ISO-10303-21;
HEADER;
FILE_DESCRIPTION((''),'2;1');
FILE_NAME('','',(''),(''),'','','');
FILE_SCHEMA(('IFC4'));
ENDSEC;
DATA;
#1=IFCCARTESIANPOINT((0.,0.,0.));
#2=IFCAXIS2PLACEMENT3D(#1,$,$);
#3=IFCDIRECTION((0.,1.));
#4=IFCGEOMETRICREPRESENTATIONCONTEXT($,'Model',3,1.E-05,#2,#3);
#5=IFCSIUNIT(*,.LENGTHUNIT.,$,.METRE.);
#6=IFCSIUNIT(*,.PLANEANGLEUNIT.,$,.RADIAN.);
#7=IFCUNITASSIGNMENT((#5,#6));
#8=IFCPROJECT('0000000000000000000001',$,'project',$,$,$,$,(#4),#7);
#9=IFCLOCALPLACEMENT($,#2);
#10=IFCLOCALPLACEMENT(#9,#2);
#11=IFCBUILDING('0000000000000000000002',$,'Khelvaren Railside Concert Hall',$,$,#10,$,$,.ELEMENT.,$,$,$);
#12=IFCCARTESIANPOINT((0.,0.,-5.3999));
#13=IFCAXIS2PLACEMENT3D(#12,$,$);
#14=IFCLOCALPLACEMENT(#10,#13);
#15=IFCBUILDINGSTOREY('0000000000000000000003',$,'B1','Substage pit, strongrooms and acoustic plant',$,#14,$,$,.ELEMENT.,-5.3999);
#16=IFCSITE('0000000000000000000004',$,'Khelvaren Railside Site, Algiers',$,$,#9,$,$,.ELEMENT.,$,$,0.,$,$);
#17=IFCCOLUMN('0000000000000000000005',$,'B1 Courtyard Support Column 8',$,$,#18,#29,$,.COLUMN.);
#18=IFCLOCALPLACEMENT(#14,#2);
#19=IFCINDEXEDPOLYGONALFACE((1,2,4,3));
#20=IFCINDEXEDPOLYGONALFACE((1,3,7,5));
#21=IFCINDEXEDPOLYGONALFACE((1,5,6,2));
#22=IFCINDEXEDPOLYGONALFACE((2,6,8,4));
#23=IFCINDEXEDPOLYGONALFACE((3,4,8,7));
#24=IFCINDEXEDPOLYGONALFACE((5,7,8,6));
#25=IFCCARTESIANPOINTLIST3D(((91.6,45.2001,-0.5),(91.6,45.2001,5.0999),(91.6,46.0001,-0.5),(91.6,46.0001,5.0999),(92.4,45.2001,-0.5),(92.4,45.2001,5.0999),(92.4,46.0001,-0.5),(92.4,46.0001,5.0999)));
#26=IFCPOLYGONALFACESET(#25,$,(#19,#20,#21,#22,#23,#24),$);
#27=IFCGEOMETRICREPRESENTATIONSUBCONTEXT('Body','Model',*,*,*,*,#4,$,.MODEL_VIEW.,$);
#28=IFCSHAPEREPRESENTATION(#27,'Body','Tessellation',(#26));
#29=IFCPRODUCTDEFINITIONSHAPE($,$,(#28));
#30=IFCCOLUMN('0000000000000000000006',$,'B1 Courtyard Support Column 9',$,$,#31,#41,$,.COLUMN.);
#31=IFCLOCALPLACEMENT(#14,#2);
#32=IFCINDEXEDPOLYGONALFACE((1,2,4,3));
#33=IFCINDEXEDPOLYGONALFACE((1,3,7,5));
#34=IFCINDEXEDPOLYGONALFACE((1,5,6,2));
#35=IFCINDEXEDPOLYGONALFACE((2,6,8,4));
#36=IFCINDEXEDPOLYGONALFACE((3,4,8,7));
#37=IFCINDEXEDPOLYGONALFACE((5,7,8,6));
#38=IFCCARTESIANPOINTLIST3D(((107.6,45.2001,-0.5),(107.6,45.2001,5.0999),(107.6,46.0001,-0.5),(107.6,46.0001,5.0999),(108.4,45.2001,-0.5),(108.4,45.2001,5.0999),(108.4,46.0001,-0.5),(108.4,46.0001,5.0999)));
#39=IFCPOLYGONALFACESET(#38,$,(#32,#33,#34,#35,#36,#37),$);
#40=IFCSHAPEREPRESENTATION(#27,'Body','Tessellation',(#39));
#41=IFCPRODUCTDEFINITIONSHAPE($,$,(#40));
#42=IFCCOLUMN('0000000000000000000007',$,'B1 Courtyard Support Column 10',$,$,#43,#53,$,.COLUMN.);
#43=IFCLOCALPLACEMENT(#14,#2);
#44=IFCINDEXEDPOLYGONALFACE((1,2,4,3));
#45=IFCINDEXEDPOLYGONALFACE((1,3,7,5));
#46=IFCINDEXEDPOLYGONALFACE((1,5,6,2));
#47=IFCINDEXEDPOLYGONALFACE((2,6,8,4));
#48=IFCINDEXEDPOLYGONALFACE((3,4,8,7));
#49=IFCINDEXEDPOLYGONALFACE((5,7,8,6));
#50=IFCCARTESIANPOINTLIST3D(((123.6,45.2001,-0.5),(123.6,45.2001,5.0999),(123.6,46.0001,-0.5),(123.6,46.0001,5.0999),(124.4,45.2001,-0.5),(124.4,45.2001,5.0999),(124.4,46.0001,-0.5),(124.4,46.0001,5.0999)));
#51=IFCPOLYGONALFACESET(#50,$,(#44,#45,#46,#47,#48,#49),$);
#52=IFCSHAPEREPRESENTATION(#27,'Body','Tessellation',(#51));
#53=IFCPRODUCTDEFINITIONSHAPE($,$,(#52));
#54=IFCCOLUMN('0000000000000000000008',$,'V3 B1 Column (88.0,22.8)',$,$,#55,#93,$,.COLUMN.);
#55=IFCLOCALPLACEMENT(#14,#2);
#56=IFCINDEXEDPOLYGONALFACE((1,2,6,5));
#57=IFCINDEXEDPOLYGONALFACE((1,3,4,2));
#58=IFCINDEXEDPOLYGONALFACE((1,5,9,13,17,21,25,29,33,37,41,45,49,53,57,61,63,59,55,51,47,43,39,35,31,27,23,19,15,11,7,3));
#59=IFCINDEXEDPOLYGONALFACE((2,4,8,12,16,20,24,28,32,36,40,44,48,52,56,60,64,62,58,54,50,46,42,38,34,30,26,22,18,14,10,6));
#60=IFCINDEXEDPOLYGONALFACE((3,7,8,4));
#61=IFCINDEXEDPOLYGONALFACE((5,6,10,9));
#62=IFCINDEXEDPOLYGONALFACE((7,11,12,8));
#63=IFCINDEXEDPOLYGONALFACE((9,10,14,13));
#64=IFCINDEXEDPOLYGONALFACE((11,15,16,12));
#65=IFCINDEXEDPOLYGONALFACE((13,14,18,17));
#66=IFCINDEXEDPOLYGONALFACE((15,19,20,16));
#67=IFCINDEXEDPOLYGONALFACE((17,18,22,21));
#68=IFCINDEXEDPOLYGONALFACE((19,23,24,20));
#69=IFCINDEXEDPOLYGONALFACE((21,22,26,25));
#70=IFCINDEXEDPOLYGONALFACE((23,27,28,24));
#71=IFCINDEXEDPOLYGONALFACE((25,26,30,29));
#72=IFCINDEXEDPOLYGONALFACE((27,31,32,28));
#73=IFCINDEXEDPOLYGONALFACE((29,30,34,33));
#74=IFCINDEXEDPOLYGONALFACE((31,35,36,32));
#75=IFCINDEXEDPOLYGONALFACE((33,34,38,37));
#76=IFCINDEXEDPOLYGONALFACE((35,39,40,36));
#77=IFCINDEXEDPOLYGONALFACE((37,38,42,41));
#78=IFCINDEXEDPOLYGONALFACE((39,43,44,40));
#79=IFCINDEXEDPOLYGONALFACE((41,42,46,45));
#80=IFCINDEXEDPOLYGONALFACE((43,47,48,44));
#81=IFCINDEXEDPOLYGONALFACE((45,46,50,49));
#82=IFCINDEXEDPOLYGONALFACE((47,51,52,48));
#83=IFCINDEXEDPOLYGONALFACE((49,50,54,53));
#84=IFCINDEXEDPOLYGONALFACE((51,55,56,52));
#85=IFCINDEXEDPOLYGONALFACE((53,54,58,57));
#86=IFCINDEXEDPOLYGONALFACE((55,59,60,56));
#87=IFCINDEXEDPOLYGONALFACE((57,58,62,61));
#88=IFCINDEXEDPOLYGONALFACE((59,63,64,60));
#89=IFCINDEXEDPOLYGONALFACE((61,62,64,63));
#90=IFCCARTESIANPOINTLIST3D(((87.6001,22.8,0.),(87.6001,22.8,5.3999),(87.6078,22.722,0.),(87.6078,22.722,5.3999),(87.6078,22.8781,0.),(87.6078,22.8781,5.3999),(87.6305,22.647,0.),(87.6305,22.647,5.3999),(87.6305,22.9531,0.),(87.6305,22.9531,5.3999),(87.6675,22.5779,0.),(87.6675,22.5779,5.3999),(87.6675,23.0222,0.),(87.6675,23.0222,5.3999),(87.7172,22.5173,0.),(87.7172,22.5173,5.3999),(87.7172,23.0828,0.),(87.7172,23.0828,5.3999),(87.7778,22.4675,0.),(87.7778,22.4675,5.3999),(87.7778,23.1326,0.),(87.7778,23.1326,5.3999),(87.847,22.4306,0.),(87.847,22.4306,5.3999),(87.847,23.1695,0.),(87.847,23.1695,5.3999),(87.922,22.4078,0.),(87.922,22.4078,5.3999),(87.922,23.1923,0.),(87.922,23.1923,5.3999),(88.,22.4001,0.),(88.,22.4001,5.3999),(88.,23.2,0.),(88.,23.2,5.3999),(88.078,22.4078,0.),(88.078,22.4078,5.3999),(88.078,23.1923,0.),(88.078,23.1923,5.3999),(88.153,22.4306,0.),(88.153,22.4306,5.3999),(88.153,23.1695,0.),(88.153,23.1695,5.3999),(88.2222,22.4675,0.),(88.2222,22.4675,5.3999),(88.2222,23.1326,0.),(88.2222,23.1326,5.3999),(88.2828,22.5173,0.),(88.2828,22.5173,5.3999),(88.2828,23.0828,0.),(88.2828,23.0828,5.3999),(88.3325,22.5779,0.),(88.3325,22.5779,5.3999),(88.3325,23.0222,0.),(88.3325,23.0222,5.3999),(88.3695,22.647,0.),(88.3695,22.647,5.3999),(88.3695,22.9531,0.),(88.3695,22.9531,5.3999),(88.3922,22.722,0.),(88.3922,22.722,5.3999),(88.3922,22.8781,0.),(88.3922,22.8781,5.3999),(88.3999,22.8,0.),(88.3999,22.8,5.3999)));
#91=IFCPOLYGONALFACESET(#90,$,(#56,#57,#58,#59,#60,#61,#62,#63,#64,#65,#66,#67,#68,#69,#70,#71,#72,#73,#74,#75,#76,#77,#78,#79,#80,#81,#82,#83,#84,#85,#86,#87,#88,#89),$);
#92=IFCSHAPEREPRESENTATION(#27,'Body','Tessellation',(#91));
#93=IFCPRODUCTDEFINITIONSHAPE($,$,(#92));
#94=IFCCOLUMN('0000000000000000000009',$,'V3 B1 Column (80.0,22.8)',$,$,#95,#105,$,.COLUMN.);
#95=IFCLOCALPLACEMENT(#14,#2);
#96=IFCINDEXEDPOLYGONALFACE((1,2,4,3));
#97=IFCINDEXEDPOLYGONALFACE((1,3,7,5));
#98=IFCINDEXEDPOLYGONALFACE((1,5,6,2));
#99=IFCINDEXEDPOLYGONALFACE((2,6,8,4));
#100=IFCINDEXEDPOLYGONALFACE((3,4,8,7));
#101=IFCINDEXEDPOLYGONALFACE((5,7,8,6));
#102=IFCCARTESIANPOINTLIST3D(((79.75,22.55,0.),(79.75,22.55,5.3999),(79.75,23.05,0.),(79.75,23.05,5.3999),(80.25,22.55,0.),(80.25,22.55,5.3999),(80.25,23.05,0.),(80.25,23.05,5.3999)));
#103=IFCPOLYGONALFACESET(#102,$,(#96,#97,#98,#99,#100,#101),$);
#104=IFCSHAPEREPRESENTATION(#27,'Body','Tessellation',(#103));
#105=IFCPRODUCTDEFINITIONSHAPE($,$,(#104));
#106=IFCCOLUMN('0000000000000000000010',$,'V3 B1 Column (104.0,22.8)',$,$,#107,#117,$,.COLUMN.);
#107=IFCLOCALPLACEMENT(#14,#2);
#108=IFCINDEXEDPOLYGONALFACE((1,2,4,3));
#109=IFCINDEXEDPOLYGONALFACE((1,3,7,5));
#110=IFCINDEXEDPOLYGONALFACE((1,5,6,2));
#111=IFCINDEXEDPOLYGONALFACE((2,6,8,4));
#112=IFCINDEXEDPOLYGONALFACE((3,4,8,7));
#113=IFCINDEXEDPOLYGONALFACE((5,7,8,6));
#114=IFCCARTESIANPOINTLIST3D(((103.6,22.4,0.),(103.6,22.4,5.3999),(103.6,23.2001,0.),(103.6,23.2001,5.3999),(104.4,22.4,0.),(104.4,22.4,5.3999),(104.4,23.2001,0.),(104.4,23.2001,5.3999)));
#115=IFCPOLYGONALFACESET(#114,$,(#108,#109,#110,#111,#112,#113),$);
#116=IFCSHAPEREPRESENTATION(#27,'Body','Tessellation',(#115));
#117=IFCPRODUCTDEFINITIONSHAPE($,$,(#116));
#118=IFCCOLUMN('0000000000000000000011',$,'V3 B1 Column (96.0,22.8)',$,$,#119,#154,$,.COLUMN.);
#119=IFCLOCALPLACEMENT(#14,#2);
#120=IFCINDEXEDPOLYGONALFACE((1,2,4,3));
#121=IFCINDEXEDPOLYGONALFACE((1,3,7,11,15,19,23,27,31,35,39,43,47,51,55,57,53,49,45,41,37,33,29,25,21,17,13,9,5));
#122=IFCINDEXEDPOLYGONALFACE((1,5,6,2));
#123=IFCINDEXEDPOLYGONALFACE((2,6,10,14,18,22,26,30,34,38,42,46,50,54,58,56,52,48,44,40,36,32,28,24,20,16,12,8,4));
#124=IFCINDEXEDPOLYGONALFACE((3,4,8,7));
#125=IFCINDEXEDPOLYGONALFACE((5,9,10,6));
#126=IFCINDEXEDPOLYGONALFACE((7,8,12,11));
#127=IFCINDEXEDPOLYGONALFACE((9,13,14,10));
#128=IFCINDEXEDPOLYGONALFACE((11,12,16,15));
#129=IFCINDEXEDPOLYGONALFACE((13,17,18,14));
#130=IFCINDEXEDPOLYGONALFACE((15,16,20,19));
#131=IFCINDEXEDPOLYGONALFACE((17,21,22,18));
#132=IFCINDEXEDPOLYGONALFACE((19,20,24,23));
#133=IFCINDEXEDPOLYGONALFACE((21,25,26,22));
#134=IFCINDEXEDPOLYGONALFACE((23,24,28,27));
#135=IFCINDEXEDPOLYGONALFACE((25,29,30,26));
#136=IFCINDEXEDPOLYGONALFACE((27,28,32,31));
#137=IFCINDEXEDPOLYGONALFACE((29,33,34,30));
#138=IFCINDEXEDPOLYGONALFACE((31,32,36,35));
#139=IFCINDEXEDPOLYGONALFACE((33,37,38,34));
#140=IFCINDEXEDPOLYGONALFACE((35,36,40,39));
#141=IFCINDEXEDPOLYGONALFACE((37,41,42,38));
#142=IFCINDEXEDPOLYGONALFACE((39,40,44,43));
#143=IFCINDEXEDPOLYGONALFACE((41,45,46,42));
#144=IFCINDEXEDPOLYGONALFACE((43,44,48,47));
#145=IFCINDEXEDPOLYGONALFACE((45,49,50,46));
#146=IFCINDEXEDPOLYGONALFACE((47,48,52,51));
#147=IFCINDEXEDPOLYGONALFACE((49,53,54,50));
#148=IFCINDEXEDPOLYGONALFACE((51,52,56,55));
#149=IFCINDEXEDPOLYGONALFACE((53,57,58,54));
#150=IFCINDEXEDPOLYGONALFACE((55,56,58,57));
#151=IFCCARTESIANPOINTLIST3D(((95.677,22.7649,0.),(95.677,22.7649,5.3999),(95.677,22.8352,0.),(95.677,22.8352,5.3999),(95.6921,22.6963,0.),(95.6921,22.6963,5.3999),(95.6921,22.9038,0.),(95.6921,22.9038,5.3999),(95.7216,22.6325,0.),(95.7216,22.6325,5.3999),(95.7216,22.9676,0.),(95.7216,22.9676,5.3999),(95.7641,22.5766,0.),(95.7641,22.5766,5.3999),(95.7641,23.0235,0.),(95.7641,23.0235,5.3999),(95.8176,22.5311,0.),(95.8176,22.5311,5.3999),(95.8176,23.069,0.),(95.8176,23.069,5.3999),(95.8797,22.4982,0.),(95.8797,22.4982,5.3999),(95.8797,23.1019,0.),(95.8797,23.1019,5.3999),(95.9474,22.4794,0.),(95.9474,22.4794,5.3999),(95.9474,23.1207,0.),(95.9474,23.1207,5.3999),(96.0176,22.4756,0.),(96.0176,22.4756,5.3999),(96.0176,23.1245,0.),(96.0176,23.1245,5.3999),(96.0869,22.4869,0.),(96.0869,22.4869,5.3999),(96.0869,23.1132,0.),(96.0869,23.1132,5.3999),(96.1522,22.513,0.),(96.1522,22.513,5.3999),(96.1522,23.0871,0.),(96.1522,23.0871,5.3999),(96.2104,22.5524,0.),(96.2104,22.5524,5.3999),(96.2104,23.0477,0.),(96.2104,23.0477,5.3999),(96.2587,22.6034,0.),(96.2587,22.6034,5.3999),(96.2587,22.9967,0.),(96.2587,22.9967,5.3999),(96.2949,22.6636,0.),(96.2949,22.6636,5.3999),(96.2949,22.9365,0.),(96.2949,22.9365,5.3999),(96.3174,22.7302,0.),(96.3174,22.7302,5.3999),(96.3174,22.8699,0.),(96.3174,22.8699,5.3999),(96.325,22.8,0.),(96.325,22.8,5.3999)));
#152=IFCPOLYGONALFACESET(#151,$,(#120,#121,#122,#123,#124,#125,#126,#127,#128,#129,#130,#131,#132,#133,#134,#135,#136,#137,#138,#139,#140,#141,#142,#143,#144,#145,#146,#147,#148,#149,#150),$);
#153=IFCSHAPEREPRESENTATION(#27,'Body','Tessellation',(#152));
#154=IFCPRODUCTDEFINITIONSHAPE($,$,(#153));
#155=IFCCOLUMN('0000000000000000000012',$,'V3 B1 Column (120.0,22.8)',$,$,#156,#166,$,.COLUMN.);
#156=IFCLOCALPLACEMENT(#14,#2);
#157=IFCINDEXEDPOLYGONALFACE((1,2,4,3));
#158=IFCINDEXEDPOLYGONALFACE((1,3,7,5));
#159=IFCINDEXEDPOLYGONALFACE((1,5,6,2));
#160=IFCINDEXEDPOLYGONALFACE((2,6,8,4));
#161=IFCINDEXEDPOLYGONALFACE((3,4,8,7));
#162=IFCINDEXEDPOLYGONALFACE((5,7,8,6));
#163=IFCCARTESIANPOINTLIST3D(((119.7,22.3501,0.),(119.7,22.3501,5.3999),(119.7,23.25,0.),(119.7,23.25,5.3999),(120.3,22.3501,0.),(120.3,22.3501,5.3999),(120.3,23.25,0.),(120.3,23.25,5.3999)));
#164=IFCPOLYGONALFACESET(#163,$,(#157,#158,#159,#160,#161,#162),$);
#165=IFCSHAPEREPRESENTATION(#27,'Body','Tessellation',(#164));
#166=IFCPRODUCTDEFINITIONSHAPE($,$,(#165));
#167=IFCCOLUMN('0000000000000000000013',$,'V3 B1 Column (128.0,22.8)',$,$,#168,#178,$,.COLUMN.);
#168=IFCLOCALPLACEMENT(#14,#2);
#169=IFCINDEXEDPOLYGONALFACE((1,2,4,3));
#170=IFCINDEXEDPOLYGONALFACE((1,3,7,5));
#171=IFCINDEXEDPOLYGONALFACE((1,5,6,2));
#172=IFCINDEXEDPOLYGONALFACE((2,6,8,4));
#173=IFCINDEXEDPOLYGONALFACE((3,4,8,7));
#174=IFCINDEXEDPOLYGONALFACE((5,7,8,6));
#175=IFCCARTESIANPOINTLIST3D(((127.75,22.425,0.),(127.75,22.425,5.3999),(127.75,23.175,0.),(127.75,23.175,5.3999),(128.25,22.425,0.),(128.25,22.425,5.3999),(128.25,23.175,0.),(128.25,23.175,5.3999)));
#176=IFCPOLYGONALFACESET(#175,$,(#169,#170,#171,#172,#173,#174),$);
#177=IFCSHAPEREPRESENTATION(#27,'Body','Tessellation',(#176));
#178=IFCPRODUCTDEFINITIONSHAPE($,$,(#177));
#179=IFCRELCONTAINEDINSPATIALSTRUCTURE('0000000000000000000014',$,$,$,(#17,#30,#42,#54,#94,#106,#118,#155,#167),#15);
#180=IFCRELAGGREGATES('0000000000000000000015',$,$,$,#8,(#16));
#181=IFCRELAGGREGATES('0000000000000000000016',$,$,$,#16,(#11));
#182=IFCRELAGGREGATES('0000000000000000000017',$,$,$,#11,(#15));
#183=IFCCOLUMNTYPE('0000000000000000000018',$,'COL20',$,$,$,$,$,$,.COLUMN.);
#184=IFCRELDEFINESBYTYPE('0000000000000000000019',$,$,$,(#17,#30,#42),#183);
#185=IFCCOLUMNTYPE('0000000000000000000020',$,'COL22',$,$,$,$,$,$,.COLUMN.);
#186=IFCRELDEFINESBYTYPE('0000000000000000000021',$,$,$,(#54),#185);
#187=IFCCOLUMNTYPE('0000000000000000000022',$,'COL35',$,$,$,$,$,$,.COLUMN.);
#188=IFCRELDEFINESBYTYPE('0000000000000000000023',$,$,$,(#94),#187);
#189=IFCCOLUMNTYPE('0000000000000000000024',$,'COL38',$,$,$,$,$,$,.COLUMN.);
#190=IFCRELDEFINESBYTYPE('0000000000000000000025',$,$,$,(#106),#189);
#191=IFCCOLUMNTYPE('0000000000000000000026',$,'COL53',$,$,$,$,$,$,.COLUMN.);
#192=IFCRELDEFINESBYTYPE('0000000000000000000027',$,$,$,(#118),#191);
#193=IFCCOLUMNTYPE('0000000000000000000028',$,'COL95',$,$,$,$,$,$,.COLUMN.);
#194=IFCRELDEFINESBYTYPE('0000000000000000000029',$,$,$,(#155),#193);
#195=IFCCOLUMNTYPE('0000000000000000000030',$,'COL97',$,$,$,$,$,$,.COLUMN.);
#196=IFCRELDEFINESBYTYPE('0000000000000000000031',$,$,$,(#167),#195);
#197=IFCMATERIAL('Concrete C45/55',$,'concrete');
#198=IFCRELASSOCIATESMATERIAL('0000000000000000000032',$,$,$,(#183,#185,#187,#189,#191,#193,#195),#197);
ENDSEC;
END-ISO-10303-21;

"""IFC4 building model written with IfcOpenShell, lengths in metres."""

from ifc_helpers import new_model, si_unit, direction, frame, origin, origin_2d, place, context, subcontext, project, spatial, rectangle, circle, extrude, material, material_profile, profile_set, type_object, element, save


model = new_model("IFC4")

# Units and contexts
model_context = context("Model", 3, precision=1e-05, world=origin(), true_north=direction((0.0, 1.0)))
body_context = subcontext(model_context, "Body", "Model", "MODEL_VIEW")
ifc_project = project(units=[si_unit("LENGTHUNIT", "METRE"), si_unit("PLANEANGLEUNIT", "RADIAN")], contexts=[model_context])

# Site, building, storey
site_placement = place(None, origin())
site = spatial("IfcSite", under=ifc_project, at=site_placement, Name="Khelvaren Railside Site, Algiers", CompositionType="ELEMENT", RefElevation=0.0)
building_placement = place(site_placement, origin())
building = spatial("IfcBuilding", under=site, at=building_placement, Name="Khelvaren Railside Concert Hall", CompositionType="ELEMENT")
storey_placement = place(building_placement, frame((0.0, 0.0, -5.3999)))
storey = spatial("IfcBuildingStorey", under=building, at=storey_placement, Name="B1", Description="Substage pit, strongrooms and acoustic plant", CompositionType="ELEMENT", Elevation=-5.3999)

# Columns
ifc_material_1 = material(Name="Concrete C45/55", Category="concrete")
ifc_material_profile_1 = material_profile(ifc_material_1, rectangle(XDim=0.8, YDim=0.8, at=origin_2d()), Name="RC 800x800")
ifc_profile_set_1 = profile_set([ifc_material_profile_1], Name="Concrete C45/55")
column_type_1 = type_object("IfcColumnType", Name="COL20", PredefinedType="COLUMN", material=ifc_profile_set_1)
for number, where, z_axis, x_axis, name in (
    (1, (92.0, 45.6001, -0.5), (0.0, 0.0, 1.0), (1.0, 0.0, 0.0), "B1 Courtyard Support Column 8"),
    (2, (108.0, 45.6001, -0.5), (0.0, 0.0, 1.0), (1.0, 0.0, 0.0), "B1 Courtyard Support Column 9"),
    (3, (124.0, 45.6001, -0.5), (0.0, 0.0, 1.0), (1.0, 0.0, 0.0), "B1 Courtyard Support Column 10"),
):
    element("IfcColumn", number, at=place(storey_placement, frame(where, z_axis=z_axis, x_axis=x_axis)), inside=storey, type_object=column_type_1, Name=name, PredefinedType="COLUMN", context=body_context, shape_type="SweptSolid", body=[
        extrude(rectangle(XDim=0.8, YDim=0.8, at=origin_2d()), origin(), (0.0, 0.0, 1.0), 5.5999),
    ])
ifc_material_profile_2 = material_profile(ifc_material_1, circle(Radius=0.3999, at=origin_2d()), Name="RC D800")
ifc_profile_set_2 = profile_set([ifc_material_profile_2], Name="Concrete C45/55")
column_type_2 = type_object("IfcColumnType", Name="COL22", PredefinedType="COLUMN", material=ifc_profile_set_2)
column_1_placement = place(storey_placement, frame((88.0, 22.8, 0.0), z_axis=(0.0, 0.0, 1.0), x_axis=(1.0, 0.0, 0.0)))
element("IfcColumn", 4, at=column_1_placement, inside=storey, type_object=column_type_2, Name="V3 B1 Column (88.0,22.8)", PredefinedType="COLUMN", context=body_context, shape_type="SweptSolid", body=[
    extrude(circle(Radius=0.3999, at=origin_2d()), origin(), (0.0, 0.0, 1.0), 5.3999),
])
ifc_material_profile_3 = material_profile(ifc_material_1, rectangle(XDim=0.5, YDim=0.5, at=origin_2d()), Name="RC 500x500")
ifc_profile_set_3 = profile_set([ifc_material_profile_3], Name="Concrete C45/55")
column_type_3 = type_object("IfcColumnType", Name="COL35", PredefinedType="COLUMN", material=ifc_profile_set_3)
column_2_placement = place(storey_placement, frame((80.0, 22.8, 0.0), z_axis=(0.0, 0.0, 1.0), x_axis=(1.0, 0.0, 0.0)))
element("IfcColumn", 5, at=column_2_placement, inside=storey, type_object=column_type_3, Name="V3 B1 Column (80.0,22.8)", PredefinedType="COLUMN", context=body_context, shape_type="SweptSolid", body=[
    extrude(rectangle(XDim=0.5, YDim=0.5, at=origin_2d()), origin(), (0.0, 0.0, 1.0), 5.3999),
])
ifc_material_profile_4 = material_profile(ifc_material_1, rectangle(XDim=0.8, YDim=0.8, at=origin_2d()), Name="RC 800x800")
ifc_profile_set_4 = profile_set([ifc_material_profile_4], Name="Concrete C45/55")
column_type_4 = type_object("IfcColumnType", Name="COL38", PredefinedType="COLUMN", material=ifc_profile_set_4)
column_3_placement = place(storey_placement, frame((104.0, 22.8, 0.0), z_axis=(0.0, 0.0, 1.0), x_axis=(1.0, 0.0, 0.0)))
element("IfcColumn", 6, at=column_3_placement, inside=storey, type_object=column_type_4, Name="V3 B1 Column (104.0,22.8)", PredefinedType="COLUMN", context=body_context, shape_type="SweptSolid", body=[
    extrude(rectangle(XDim=0.8, YDim=0.8, at=origin_2d()), origin(), (0.0, 0.0, 1.0), 5.3999),
])
ifc_material_profile_5 = material_profile(ifc_material_1, circle(Radius=0.325, at=origin_2d()), Name="RC D650")
ifc_profile_set_5 = profile_set([ifc_material_profile_5], Name="Concrete C45/55")
column_type_5 = type_object("IfcColumnType", Name="COL53", PredefinedType="COLUMN", material=ifc_profile_set_5)
column_4_placement = place(storey_placement, frame((96.0, 22.8, 0.0), z_axis=(0.0, 0.0, 1.0), x_axis=(1.0, 0.0, 0.0)))
element("IfcColumn", 7, at=column_4_placement, inside=storey, type_object=column_type_5, Name="V3 B1 Column (96.0,22.8)", PredefinedType="COLUMN", context=body_context, shape_type="SweptSolid", body=[
    extrude(circle(Radius=0.325, at=origin_2d()), origin(), (0.0, 0.0, 1.0), 5.3999),
])
ifc_material_profile_6 = material_profile(ifc_material_1, rectangle(XDim=0.6001, YDim=0.8999, at=origin_2d()), Name="RC 600x900")
ifc_profile_set_6 = profile_set([ifc_material_profile_6], Name="Concrete C45/55")
column_type_6 = type_object("IfcColumnType", Name="COL95", PredefinedType="COLUMN", material=ifc_profile_set_6)
column_5_placement = place(storey_placement, frame((120.0, 22.8, 0.0), z_axis=(0.0, 0.0, 1.0), x_axis=(1.0, 0.0, 0.0)))
element("IfcColumn", 8, at=column_5_placement, inside=storey, type_object=column_type_6, Name="V3 B1 Column (120.0,22.8)", PredefinedType="COLUMN", context=body_context, shape_type="SweptSolid", body=[
    extrude(rectangle(XDim=0.6001, YDim=0.8999, at=origin_2d()), origin(), (0.0, 0.0, 1.0), 5.3999),
])
ifc_material_profile_7 = material_profile(ifc_material_1, rectangle(XDim=0.5, YDim=0.75, at=origin_2d()), Name="RC 500x750")
ifc_profile_set_7 = profile_set([ifc_material_profile_7], Name="Concrete C45/55")
column_type_7 = type_object("IfcColumnType", Name="COL97", PredefinedType="COLUMN", material=ifc_profile_set_7)
column_6_placement = place(storey_placement, frame((128.0, 22.8, 0.0), z_axis=(0.0, 0.0, 1.0), x_axis=(1.0, 0.0, 0.0)))
element("IfcColumn", 9, at=column_6_placement, inside=storey, type_object=column_type_7, Name="V3 B1 Column (128.0,22.8)", PredefinedType="COLUMN", context=body_context, shape_type="SweptSolid", body=[
    extrude(rectangle(XDim=0.5, YDim=0.75, at=origin_2d()), origin(), (0.0, 0.0, 1.0), 5.3999),
])

save(model, "model.ifc")
